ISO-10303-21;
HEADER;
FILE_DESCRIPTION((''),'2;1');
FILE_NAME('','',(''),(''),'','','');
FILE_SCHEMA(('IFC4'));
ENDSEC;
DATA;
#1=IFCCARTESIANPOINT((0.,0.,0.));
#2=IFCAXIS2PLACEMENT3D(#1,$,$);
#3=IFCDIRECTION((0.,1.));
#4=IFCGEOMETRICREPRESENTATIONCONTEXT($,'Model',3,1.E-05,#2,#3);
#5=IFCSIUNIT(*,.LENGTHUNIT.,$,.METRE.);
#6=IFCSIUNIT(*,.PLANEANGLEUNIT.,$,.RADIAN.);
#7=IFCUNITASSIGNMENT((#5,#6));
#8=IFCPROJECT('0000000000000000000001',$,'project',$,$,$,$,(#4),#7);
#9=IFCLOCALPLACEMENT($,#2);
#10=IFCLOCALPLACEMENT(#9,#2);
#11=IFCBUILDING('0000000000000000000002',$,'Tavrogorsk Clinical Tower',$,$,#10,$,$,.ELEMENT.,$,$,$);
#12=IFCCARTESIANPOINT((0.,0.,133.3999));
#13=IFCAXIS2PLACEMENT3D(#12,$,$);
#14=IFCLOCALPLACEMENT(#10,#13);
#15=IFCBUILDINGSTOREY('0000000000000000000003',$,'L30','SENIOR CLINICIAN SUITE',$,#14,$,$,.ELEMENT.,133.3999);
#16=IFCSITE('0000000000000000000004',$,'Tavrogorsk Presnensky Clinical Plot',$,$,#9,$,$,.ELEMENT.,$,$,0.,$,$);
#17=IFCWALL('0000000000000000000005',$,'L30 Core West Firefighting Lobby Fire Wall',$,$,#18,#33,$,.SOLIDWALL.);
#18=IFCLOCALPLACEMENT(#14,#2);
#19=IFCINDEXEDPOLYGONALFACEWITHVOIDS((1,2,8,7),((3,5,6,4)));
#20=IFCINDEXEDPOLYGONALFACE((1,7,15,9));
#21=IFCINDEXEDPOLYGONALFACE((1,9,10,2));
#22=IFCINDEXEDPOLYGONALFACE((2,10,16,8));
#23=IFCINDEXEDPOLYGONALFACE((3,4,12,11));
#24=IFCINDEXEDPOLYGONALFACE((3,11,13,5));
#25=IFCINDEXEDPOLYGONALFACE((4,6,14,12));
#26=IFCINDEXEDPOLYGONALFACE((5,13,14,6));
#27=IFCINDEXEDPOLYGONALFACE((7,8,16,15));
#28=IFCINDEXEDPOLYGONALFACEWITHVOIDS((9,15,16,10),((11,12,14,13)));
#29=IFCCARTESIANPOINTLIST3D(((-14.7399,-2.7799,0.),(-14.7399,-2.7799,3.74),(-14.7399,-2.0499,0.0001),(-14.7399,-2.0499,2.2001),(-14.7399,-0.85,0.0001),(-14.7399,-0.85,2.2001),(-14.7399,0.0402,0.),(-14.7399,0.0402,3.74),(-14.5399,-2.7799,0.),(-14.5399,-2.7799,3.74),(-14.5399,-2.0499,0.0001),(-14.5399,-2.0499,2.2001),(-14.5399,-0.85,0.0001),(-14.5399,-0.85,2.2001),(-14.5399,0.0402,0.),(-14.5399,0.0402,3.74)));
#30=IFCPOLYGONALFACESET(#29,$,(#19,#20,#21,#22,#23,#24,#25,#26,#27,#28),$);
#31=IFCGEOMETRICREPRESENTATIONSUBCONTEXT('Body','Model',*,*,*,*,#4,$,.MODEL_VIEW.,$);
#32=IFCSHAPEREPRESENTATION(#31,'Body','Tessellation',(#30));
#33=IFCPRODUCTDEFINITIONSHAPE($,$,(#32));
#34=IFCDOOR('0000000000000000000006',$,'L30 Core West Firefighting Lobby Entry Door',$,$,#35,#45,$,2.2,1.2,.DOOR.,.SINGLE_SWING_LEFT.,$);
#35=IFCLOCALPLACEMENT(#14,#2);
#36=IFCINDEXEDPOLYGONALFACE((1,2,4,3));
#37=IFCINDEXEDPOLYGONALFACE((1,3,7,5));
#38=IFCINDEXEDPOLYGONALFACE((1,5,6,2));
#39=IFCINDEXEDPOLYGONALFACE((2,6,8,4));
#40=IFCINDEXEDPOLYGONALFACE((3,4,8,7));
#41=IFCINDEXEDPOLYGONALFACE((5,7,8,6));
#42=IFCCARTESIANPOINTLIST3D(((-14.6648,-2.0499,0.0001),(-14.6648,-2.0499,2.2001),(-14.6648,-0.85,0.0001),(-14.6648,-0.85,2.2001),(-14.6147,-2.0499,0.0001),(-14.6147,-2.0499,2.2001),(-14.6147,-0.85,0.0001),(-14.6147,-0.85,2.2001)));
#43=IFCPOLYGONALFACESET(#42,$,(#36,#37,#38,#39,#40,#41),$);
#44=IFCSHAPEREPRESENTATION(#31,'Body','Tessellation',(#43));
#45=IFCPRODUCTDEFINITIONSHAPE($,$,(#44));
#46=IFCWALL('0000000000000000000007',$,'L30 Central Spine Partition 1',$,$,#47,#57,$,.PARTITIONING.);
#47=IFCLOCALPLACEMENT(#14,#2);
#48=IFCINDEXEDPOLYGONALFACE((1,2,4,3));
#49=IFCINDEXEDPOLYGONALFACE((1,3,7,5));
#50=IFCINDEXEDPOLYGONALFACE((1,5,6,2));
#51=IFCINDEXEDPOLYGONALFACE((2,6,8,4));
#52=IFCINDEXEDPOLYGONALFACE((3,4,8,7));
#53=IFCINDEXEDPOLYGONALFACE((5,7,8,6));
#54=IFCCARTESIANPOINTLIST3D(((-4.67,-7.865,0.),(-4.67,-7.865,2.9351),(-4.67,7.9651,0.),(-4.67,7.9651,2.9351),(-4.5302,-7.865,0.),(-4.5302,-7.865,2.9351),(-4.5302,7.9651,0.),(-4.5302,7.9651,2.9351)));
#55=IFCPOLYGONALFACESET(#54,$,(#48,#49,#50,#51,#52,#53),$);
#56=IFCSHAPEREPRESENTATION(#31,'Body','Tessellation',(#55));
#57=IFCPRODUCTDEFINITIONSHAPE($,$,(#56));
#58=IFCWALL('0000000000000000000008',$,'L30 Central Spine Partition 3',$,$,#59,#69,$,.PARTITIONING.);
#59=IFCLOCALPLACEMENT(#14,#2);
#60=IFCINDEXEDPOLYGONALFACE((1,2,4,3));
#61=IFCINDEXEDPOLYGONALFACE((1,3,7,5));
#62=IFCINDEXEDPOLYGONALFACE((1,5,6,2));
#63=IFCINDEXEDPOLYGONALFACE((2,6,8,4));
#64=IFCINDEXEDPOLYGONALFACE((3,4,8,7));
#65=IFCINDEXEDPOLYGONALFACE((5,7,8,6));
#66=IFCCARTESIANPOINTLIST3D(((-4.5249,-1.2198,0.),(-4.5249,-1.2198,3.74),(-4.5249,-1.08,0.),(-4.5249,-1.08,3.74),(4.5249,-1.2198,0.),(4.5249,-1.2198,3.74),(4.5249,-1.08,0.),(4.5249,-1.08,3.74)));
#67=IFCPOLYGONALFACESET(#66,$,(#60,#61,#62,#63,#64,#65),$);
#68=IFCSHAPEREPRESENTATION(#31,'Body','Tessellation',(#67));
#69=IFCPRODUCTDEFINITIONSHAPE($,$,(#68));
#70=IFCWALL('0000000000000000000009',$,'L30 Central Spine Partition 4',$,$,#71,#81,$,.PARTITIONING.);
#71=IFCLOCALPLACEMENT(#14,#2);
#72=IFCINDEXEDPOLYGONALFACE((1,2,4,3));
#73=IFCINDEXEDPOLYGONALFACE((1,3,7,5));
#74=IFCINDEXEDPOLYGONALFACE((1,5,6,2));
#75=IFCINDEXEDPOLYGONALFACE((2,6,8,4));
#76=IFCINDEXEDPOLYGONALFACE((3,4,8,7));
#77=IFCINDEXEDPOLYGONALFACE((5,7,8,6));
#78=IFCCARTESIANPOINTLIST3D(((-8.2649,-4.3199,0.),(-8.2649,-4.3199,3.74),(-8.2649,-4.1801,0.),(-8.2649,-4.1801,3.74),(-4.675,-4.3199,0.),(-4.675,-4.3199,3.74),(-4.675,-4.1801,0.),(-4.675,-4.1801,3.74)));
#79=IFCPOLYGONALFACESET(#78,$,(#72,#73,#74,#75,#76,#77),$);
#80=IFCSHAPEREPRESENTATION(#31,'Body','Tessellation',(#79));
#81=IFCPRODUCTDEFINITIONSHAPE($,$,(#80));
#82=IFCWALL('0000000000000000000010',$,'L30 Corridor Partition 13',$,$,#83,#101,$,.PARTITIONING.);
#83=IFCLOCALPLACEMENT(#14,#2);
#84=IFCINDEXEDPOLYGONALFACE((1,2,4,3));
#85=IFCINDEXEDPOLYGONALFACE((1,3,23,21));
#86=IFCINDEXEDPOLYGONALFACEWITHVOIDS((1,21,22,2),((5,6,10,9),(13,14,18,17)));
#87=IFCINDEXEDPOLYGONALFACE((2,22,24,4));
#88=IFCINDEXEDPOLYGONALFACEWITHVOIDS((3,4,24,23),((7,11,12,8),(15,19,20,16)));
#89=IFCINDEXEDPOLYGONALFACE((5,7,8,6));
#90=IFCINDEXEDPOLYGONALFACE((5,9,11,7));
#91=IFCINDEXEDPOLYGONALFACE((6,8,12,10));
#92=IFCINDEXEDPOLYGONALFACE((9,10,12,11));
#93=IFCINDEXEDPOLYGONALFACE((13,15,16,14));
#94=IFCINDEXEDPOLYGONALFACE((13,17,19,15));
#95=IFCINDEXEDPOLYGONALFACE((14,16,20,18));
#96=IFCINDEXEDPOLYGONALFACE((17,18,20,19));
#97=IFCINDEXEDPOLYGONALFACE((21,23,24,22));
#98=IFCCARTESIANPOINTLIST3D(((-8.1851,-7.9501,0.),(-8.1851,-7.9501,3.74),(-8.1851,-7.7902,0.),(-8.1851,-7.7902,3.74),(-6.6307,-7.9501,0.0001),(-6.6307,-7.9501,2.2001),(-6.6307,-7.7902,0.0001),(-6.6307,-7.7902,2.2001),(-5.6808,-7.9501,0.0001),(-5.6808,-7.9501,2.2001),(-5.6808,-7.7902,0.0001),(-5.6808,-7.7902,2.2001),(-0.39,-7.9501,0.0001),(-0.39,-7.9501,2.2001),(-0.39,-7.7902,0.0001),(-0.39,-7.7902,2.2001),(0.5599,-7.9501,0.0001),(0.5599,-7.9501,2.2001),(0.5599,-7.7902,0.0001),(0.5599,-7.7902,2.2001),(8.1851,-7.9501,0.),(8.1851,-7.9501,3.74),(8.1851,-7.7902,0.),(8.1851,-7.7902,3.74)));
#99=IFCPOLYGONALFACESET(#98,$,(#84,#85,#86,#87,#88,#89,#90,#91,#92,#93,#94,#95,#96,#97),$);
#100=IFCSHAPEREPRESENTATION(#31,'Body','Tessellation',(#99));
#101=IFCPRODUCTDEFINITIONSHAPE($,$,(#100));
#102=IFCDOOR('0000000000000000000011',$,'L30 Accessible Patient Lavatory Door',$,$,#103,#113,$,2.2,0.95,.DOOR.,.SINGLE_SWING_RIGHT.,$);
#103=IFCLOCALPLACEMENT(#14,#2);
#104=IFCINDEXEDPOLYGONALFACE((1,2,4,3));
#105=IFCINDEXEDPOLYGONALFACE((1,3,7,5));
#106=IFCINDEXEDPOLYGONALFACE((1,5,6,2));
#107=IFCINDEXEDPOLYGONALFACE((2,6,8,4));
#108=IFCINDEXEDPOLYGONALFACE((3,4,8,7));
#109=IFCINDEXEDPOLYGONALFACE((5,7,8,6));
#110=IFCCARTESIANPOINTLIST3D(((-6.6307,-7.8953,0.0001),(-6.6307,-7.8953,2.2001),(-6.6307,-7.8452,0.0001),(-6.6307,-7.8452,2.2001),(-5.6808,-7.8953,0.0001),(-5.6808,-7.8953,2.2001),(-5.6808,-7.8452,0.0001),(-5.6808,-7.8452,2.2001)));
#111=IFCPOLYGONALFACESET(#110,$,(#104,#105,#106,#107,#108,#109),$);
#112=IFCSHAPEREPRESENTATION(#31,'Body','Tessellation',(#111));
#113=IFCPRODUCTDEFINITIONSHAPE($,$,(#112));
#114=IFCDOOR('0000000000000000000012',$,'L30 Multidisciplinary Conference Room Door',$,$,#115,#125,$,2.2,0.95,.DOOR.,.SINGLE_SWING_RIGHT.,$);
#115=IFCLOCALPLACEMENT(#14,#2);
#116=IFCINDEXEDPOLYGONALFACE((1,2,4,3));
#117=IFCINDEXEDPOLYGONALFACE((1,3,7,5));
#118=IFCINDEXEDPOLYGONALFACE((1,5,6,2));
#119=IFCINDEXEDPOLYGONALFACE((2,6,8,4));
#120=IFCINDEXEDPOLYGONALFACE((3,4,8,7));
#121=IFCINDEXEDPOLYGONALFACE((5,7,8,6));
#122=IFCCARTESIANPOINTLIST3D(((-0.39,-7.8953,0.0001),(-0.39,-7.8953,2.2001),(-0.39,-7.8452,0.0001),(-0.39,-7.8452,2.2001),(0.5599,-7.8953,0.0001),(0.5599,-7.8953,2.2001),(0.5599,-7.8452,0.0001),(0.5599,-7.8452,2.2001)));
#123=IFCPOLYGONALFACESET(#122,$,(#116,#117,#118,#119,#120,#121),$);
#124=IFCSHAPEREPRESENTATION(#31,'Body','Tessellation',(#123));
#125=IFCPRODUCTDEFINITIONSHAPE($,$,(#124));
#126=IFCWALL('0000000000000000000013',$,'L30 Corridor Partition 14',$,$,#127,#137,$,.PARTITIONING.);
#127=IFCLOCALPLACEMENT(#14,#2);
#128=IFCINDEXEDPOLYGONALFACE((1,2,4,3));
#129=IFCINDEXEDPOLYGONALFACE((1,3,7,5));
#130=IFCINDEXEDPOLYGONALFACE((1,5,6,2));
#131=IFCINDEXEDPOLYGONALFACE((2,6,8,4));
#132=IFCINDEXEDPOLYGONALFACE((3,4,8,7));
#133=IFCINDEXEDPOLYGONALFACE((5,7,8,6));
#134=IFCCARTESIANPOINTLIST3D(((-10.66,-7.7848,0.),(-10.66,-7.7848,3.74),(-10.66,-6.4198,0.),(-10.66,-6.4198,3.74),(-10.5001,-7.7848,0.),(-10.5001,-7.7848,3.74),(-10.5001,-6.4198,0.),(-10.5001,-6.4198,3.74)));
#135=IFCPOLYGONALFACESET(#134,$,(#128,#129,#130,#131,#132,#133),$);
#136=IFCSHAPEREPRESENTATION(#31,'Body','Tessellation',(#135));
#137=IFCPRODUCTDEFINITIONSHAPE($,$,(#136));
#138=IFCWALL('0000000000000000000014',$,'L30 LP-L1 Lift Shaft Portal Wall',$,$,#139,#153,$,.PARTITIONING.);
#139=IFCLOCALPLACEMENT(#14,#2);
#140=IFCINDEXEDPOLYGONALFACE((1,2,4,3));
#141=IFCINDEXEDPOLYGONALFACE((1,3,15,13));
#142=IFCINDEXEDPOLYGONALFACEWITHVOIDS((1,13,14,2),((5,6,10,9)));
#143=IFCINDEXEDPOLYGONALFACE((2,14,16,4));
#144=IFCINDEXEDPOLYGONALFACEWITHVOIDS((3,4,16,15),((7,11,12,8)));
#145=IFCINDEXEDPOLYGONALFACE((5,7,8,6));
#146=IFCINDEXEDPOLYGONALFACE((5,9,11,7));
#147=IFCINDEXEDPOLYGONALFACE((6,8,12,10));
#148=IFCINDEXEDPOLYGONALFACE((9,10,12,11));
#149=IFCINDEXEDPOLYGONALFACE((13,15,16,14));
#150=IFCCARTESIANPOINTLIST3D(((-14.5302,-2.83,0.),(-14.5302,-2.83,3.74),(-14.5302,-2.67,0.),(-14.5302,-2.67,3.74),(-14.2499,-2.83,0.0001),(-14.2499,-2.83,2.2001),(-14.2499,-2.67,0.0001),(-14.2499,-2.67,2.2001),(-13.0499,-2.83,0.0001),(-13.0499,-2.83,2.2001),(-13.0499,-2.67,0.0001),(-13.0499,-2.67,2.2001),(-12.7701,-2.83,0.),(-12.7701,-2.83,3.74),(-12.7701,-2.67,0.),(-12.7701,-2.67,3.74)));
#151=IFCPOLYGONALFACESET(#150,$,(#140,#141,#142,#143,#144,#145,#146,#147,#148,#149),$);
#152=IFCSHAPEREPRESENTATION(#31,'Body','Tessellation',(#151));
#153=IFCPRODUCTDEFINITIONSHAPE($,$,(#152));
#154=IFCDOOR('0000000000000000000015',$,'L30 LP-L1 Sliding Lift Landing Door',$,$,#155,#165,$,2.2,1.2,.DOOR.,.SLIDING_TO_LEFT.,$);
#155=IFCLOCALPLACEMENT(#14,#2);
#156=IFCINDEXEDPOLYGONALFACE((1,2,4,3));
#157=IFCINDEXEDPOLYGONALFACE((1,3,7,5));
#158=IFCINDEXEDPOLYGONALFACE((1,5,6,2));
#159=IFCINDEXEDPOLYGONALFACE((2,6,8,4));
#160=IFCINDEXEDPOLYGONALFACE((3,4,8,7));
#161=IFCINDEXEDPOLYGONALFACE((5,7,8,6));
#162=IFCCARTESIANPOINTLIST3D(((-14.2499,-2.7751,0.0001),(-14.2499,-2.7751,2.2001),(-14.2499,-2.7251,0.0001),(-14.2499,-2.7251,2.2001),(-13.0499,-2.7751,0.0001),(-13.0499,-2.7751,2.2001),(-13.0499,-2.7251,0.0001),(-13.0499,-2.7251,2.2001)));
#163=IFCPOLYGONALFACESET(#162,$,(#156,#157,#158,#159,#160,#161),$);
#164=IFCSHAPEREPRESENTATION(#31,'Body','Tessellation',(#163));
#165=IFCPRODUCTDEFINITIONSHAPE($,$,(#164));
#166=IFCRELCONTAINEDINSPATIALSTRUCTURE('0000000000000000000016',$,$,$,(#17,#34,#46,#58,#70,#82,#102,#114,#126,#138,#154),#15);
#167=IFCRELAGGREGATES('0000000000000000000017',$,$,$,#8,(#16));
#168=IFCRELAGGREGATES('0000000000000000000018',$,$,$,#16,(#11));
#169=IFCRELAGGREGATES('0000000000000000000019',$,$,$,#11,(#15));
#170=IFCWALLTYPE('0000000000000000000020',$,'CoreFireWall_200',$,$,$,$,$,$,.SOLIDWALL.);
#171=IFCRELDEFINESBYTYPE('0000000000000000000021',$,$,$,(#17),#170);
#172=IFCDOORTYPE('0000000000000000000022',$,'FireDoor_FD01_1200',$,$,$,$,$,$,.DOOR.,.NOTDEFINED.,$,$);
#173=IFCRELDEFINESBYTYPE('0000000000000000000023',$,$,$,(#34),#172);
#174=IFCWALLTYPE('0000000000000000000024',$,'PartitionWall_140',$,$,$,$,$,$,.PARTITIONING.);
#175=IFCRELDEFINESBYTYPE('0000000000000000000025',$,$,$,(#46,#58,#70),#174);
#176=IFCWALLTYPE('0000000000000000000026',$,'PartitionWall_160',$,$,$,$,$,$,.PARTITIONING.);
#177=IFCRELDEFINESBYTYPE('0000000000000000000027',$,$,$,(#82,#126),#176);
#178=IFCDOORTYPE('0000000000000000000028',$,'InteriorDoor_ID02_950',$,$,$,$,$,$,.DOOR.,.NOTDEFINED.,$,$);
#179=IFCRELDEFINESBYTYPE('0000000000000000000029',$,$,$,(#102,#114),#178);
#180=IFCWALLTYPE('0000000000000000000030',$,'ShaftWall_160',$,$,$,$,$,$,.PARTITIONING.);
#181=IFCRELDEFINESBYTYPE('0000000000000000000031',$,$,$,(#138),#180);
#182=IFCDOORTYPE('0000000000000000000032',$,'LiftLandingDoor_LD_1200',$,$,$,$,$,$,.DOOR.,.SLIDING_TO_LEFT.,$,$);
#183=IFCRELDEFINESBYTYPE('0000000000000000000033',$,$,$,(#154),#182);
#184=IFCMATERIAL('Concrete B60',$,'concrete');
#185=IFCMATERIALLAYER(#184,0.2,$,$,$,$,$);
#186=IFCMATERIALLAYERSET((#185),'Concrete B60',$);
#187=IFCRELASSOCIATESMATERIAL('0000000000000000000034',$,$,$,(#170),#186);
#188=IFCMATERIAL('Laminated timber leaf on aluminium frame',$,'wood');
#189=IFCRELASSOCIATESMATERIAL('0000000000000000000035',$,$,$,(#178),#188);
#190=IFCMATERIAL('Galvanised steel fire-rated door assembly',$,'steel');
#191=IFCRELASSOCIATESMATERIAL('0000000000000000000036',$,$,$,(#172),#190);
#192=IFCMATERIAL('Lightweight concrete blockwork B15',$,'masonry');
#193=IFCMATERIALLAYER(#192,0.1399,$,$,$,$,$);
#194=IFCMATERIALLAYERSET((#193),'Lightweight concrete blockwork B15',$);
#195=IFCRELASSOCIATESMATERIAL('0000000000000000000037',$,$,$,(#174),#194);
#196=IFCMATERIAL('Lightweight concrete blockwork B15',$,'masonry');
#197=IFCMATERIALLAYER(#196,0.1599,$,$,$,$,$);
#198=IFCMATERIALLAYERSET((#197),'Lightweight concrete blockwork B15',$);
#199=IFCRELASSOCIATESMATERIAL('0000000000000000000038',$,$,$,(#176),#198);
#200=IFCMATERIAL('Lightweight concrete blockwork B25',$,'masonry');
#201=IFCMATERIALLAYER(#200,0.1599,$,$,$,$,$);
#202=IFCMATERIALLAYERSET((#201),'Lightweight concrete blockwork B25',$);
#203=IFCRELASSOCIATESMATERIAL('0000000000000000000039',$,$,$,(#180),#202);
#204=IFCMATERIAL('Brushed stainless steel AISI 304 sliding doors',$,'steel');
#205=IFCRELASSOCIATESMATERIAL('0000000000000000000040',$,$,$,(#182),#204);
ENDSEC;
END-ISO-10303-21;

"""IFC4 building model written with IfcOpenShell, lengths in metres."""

from ifc_helpers import new_model, si_unit, direction, frame, frame_2d, origin, place, context, subcontext, project, spatial, rectangle, extrude, material, layer, layer_set, type_object, element, fill, save


model = new_model("IFC4")

# Units and contexts
model_context = context("Model", 3, precision=1e-05, world=origin(), true_north=direction((0.0, 1.0)))
body_context = subcontext(model_context, "Body", "Model", "MODEL_VIEW")
ifc_project = project(units=[si_unit("LENGTHUNIT", "METRE"), si_unit("PLANEANGLEUNIT", "RADIAN")], contexts=[model_context])

# Site, building, storey
site_placement = place(None, origin())
site = spatial("IfcSite", under=ifc_project, at=site_placement, Name="Tavrogorsk Presnensky Clinical Plot", CompositionType="ELEMENT", RefElevation=0.0)
building_placement = place(site_placement, origin())
building = spatial("IfcBuilding", under=site, at=building_placement, Name="Tavrogorsk Clinical Tower", CompositionType="ELEMENT")
storey_placement = place(building_placement, frame((0.0, 0.0, 133.3999)))
storey = spatial("IfcBuildingStorey", under=building, at=storey_placement, Name="L30", Description="SENIOR CLINICIAN SUITE", CompositionType="ELEMENT", Elevation=133.3999)

# Wall, opening, door
ifc_material_1 = material(Name="Concrete B60", Category="concrete")
ifc_layer_1 = layer(ifc_material_1, 0.2)
ifc_layer_set_1 = layer_set([ifc_layer_1], Name="Concrete B60")
wall_type_1 = type_object("IfcWallType", Name="CoreFireWall_200", PredefinedType="SOLIDWALL", material=ifc_layer_set_1)
ifc_material_2 = material(Name="Laminated timber leaf on aluminium frame", Category="wood")
door_type_1 = type_object("IfcDoorType", Name="InteriorDoor_ID02_950", OperationType="NOTDEFINED", PredefinedType="DOOR", material=ifc_material_2)
wall_1_placement = place(storey_placement, frame((-14.6399, -2.78, 0.0), z_axis=(0.0, 0.0, 1.0), x_axis=(0.0, 1.0, 0.0)))
wall_1 = element("IfcWall", 1, at=wall_1_placement, inside=storey, type_object=wall_type_1, Name="L30 Core West Firefighting Lobby Fire Wall", PredefinedType="SOLIDWALL", context=body_context, shape_type="SweptSolid", body=[
    extrude(rectangle(XDim=2.8201, YDim=0.2, at=frame_2d((1.4102, 0.0))), origin(), (0.0, 0.0, 1.0), 3.74),
])
opening_1_placement = place(wall_1_placement, frame((0.73, 0.0, 0.0)))
opening_1 = element("IfcOpeningElement", 2, at=opening_1_placement, cuts=wall_1, PredefinedType="OPENING", context=body_context, shape_type="SweptSolid", body=[
    extrude(rectangle(XDim=1.2, YDim=2.2, at=frame_2d((0.6001, 1.1001))), frame((0.0, 0.1099, 0.0), z_axis=(0.0, -1.0, 0.0), x_axis=(1.0, 0.0, 0.0)), (0.0, 0.0, 1.0), 0.22),
])
ifc_material_3 = material(Name="Galvanised steel fire-rated door assembly", Category="steel")
door_type_2 = type_object("IfcDoorType", Name="FireDoor_FD01_1200", OperationType="NOTDEFINED", PredefinedType="DOOR", material=ifc_material_3)
door_1_placement = place(opening_1_placement, origin())
door_1 = element("IfcDoor", 3, at=door_1_placement, inside=storey, type_object=door_type_2, Name="L30 Core West Firefighting Lobby Entry Door", OperationType="SINGLE_SWING_LEFT", OverallHeight=2.2, OverallWidth=1.2, PredefinedType="DOOR", context=body_context, shape_type="SweptSolid", body=[
    extrude(rectangle(XDim=1.2, YDim=2.2, at=frame_2d((0.6001, 1.1001))), frame((0.0, 0.0249, 0.0), z_axis=(0.0, -1.0, 0.0), x_axis=(1.0, 0.0, 0.0)), (0.0, 0.0, 1.0), 0.05),
])
fill(opening_1, door_1)

# Walls
ifc_material_4 = material(Name="Lightweight concrete blockwork B15", Category="masonry")
ifc_layer_2 = layer(ifc_material_4, 0.1399)
ifc_layer_set_2 = layer_set([ifc_layer_2], Name="Lightweight concrete blockwork B15")
wall_type_2 = type_object("IfcWallType", Name="PartitionWall_140", PredefinedType="PARTITIONING", material=ifc_layer_set_2)
wall_2_placement = place(storey_placement, frame((-4.6001, -7.865, 0.0), z_axis=(0.0, 0.0, 1.0), x_axis=(0.0, 1.0, 0.0)))
element("IfcWall", 4, at=wall_2_placement, inside=storey, type_object=wall_type_2, Name="L30 Central Spine Partition 1", PredefinedType="PARTITIONING", context=body_context, shape_type="SweptSolid", body=[
    extrude(rectangle(XDim=15.8301, YDim=0.1399, at=frame_2d((7.915, 0.0))), origin(), (0.0, 0.0, 1.0), 2.9351),
])
wall_3_placement = place(storey_placement, frame((-4.5249, -1.1499, 0.0), z_axis=(0.0, 0.0, 1.0), x_axis=(1.0, 0.0, 0.0)))
element("IfcWall", 5, at=wall_3_placement, inside=storey, type_object=wall_type_2, Name="L30 Central Spine Partition 3", PredefinedType="PARTITIONING", context=body_context, shape_type="SweptSolid", body=[
    extrude(rectangle(XDim=9.0498, YDim=0.1399, at=frame_2d((4.5249, 0.0))), origin(), (0.0, 0.0, 1.0), 3.74),
])
wall_4_placement = place(storey_placement, frame((-8.2649, -4.25, 0.0), z_axis=(0.0, 0.0, 1.0), x_axis=(1.0, 0.0, 0.0)))
element("IfcWall", 6, at=wall_4_placement, inside=storey, type_object=wall_type_2, Name="L30 Central Spine Partition 4", PredefinedType="PARTITIONING", context=body_context, shape_type="SweptSolid", body=[
    extrude(rectangle(XDim=3.5898, YDim=0.1399, at=frame_2d((1.7949, 0.0))), origin(), (0.0, 0.0, 1.0), 3.74),
])

# Wall, openings, doors
ifc_material_5 = material(Name="Lightweight concrete blockwork B15", Category="masonry")
ifc_layer_3 = layer(ifc_material_5, 0.1599)
ifc_layer_set_3 = layer_set([ifc_layer_3], Name="Lightweight concrete blockwork B15")
wall_type_3 = type_object("IfcWallType", Name="PartitionWall_160", PredefinedType="PARTITIONING", material=ifc_layer_set_3)
wall_5_placement = place(storey_placement, frame((-8.1851, -7.8701, 0.0), z_axis=(0.0, 0.0, 1.0), x_axis=(1.0, 0.0, 0.0)))
wall_5 = element("IfcWall", 7, at=wall_5_placement, inside=storey, type_object=wall_type_3, Name="L30 Corridor Partition 13", PredefinedType="PARTITIONING", context=body_context, shape_type="SweptSolid", body=[
    extrude(rectangle(XDim=16.3701, YDim=0.1599, at=frame_2d((8.1851, 0.0))), origin(), (0.0, 0.0, 1.0), 3.74),
])
opening_2_placement = place(wall_5_placement, frame((1.5542, 0.0, 0.0)))
opening_2 = element("IfcOpeningElement", 8, at=opening_2_placement, cuts=wall_5, PredefinedType="OPENING", context=body_context, shape_type="SweptSolid", body=[
    extrude(rectangle(XDim=0.95, YDim=2.2, at=frame_2d((0.4751, 1.1001))), frame((0.0, 0.0898, 0.0), z_axis=(0.0, -1.0, 0.0), x_axis=(1.0, 0.0, 0.0)), (0.0, 0.0, 1.0), 0.1799),
])
opening_3_placement = place(wall_5_placement, frame((7.7949, 0.0, 0.0)))
opening_3 = element("IfcOpeningElement", 9, at=opening_3_placement, cuts=wall_5, PredefinedType="OPENING", context=body_context, shape_type="SweptSolid", body=[
    extrude(rectangle(XDim=0.95, YDim=2.2, at=frame_2d((0.4751, 1.1001))), frame((0.0, 0.0898, 0.0), z_axis=(0.0, -1.0, 0.0), x_axis=(1.0, 0.0, 0.0)), (0.0, 0.0, 1.0), 0.1799),
])
door_2_placement = place(opening_2_placement, origin())
door_2 = element("IfcDoor", 10, at=door_2_placement, inside=storey, type_object=door_type_1, Name="L30 Accessible Patient Lavatory Door", OperationType="SINGLE_SWING_RIGHT", OverallHeight=2.2, OverallWidth=0.95, PredefinedType="DOOR", context=body_context, shape_type="SweptSolid", body=[
    extrude(rectangle(XDim=0.95, YDim=2.2, at=frame_2d((0.4751, 1.1001))), frame((0.0, 0.0249, 0.0), z_axis=(0.0, -1.0, 0.0), x_axis=(1.0, 0.0, 0.0)), (0.0, 0.0, 1.0), 0.05),
])
fill(opening_2, door_2)
door_3_placement = place(opening_3_placement, origin())
door_3 = element("IfcDoor", 11, at=door_3_placement, inside=storey, type_object=door_type_1, Name="L30 Multidisciplinary Conference Room Door", OperationType="SINGLE_SWING_RIGHT", OverallHeight=2.2, OverallWidth=0.95, PredefinedType="DOOR", context=body_context, shape_type="SweptSolid", body=[
    extrude(rectangle(XDim=0.95, YDim=2.2, at=frame_2d((0.4751, 1.1001))), frame((0.0, 0.0249, 0.0), z_axis=(0.0, -1.0, 0.0), x_axis=(1.0, 0.0, 0.0)), (0.0, 0.0, 1.0), 0.05),
])
fill(opening_3, door_3)

# Wall
wall_6_placement = place(storey_placement, frame((-10.5801, -7.7849, 0.0), z_axis=(0.0, 0.0, 1.0), x_axis=(0.0, 1.0, 0.0)))
element("IfcWall", 12, at=wall_6_placement, inside=storey, type_object=wall_type_3, Name="L30 Corridor Partition 14", PredefinedType="PARTITIONING", context=body_context, shape_type="SweptSolid", body=[
    extrude(rectangle(XDim=1.365, YDim=0.1599, at=frame_2d((0.6826, 0.0))), origin(), (0.0, 0.0, 1.0), 3.74),
])

# Wall, opening, door
ifc_material_6 = material(Name="Lightweight concrete blockwork B25", Category="masonry")
ifc_layer_4 = layer(ifc_material_6, 0.1599)
ifc_layer_set_4 = layer_set([ifc_layer_4], Name="Lightweight concrete blockwork B25")
wall_type_4 = type_object("IfcWallType", Name="ShaftWall_160", PredefinedType="PARTITIONING", material=ifc_layer_set_4)
wall_7_placement = place(storey_placement, frame((-14.53, -2.75, 0.0), z_axis=(0.0, 0.0, 1.0), x_axis=(1.0, 0.0, 0.0)))
wall_7 = element("IfcWall", 13, at=wall_7_placement, inside=storey, type_object=wall_type_4, Name="L30 LP-L1 Lift Shaft Portal Wall", PredefinedType="PARTITIONING", context=body_context, shape_type="SweptSolid", body=[
    extrude(rectangle(XDim=1.76, YDim=0.1599, at=frame_2d((0.8799, 0.0))), origin(), (0.0, 0.0, 1.0), 3.74),
])
opening_4_placement = place(wall_7_placement, frame((0.28, 0.0, 0.0)))
opening_4 = element("IfcOpeningElement", 14, at=opening_4_placement, cuts=wall_7, PredefinedType="OPENING", context=body_context, shape_type="SweptSolid", body=[
    extrude(rectangle(XDim=1.2, YDim=2.2, at=frame_2d((0.6001, 1.1001))), frame((0.0, 0.0898, 0.0), z_axis=(0.0, -1.0, 0.0), x_axis=(1.0, 0.0, 0.0)), (0.0, 0.0, 1.0), 0.1799),
])
ifc_material_7 = material(Name="Brushed stainless steel AISI 304 sliding doors", Category="steel")
door_type_3 = type_object("IfcDoorType", Name="LiftLandingDoor_LD_1200", OperationType="SLIDING_TO_LEFT", PredefinedType="DOOR", material=ifc_material_7)
door_4_placement = place(opening_4_placement, origin())
door_4 = element("IfcDoor", 15, at=door_4_placement, inside=storey, type_object=door_type_3, Name="L30 LP-L1 Sliding Lift Landing Door", OperationType="SLIDING_TO_LEFT", OverallHeight=2.2, OverallWidth=1.2, PredefinedType="DOOR", context=body_context, shape_type="SweptSolid", body=[
    extrude(rectangle(XDim=1.2, YDim=2.2, at=frame_2d((0.6001, 1.1001))), frame((0.0, 0.0249, 0.0), z_axis=(0.0, -1.0, 0.0), x_axis=(1.0, 0.0, 0.0)), (0.0, 0.0, 1.0), 0.05),
])
fill(opening_4, door_4)

save(model, "model.ifc")
